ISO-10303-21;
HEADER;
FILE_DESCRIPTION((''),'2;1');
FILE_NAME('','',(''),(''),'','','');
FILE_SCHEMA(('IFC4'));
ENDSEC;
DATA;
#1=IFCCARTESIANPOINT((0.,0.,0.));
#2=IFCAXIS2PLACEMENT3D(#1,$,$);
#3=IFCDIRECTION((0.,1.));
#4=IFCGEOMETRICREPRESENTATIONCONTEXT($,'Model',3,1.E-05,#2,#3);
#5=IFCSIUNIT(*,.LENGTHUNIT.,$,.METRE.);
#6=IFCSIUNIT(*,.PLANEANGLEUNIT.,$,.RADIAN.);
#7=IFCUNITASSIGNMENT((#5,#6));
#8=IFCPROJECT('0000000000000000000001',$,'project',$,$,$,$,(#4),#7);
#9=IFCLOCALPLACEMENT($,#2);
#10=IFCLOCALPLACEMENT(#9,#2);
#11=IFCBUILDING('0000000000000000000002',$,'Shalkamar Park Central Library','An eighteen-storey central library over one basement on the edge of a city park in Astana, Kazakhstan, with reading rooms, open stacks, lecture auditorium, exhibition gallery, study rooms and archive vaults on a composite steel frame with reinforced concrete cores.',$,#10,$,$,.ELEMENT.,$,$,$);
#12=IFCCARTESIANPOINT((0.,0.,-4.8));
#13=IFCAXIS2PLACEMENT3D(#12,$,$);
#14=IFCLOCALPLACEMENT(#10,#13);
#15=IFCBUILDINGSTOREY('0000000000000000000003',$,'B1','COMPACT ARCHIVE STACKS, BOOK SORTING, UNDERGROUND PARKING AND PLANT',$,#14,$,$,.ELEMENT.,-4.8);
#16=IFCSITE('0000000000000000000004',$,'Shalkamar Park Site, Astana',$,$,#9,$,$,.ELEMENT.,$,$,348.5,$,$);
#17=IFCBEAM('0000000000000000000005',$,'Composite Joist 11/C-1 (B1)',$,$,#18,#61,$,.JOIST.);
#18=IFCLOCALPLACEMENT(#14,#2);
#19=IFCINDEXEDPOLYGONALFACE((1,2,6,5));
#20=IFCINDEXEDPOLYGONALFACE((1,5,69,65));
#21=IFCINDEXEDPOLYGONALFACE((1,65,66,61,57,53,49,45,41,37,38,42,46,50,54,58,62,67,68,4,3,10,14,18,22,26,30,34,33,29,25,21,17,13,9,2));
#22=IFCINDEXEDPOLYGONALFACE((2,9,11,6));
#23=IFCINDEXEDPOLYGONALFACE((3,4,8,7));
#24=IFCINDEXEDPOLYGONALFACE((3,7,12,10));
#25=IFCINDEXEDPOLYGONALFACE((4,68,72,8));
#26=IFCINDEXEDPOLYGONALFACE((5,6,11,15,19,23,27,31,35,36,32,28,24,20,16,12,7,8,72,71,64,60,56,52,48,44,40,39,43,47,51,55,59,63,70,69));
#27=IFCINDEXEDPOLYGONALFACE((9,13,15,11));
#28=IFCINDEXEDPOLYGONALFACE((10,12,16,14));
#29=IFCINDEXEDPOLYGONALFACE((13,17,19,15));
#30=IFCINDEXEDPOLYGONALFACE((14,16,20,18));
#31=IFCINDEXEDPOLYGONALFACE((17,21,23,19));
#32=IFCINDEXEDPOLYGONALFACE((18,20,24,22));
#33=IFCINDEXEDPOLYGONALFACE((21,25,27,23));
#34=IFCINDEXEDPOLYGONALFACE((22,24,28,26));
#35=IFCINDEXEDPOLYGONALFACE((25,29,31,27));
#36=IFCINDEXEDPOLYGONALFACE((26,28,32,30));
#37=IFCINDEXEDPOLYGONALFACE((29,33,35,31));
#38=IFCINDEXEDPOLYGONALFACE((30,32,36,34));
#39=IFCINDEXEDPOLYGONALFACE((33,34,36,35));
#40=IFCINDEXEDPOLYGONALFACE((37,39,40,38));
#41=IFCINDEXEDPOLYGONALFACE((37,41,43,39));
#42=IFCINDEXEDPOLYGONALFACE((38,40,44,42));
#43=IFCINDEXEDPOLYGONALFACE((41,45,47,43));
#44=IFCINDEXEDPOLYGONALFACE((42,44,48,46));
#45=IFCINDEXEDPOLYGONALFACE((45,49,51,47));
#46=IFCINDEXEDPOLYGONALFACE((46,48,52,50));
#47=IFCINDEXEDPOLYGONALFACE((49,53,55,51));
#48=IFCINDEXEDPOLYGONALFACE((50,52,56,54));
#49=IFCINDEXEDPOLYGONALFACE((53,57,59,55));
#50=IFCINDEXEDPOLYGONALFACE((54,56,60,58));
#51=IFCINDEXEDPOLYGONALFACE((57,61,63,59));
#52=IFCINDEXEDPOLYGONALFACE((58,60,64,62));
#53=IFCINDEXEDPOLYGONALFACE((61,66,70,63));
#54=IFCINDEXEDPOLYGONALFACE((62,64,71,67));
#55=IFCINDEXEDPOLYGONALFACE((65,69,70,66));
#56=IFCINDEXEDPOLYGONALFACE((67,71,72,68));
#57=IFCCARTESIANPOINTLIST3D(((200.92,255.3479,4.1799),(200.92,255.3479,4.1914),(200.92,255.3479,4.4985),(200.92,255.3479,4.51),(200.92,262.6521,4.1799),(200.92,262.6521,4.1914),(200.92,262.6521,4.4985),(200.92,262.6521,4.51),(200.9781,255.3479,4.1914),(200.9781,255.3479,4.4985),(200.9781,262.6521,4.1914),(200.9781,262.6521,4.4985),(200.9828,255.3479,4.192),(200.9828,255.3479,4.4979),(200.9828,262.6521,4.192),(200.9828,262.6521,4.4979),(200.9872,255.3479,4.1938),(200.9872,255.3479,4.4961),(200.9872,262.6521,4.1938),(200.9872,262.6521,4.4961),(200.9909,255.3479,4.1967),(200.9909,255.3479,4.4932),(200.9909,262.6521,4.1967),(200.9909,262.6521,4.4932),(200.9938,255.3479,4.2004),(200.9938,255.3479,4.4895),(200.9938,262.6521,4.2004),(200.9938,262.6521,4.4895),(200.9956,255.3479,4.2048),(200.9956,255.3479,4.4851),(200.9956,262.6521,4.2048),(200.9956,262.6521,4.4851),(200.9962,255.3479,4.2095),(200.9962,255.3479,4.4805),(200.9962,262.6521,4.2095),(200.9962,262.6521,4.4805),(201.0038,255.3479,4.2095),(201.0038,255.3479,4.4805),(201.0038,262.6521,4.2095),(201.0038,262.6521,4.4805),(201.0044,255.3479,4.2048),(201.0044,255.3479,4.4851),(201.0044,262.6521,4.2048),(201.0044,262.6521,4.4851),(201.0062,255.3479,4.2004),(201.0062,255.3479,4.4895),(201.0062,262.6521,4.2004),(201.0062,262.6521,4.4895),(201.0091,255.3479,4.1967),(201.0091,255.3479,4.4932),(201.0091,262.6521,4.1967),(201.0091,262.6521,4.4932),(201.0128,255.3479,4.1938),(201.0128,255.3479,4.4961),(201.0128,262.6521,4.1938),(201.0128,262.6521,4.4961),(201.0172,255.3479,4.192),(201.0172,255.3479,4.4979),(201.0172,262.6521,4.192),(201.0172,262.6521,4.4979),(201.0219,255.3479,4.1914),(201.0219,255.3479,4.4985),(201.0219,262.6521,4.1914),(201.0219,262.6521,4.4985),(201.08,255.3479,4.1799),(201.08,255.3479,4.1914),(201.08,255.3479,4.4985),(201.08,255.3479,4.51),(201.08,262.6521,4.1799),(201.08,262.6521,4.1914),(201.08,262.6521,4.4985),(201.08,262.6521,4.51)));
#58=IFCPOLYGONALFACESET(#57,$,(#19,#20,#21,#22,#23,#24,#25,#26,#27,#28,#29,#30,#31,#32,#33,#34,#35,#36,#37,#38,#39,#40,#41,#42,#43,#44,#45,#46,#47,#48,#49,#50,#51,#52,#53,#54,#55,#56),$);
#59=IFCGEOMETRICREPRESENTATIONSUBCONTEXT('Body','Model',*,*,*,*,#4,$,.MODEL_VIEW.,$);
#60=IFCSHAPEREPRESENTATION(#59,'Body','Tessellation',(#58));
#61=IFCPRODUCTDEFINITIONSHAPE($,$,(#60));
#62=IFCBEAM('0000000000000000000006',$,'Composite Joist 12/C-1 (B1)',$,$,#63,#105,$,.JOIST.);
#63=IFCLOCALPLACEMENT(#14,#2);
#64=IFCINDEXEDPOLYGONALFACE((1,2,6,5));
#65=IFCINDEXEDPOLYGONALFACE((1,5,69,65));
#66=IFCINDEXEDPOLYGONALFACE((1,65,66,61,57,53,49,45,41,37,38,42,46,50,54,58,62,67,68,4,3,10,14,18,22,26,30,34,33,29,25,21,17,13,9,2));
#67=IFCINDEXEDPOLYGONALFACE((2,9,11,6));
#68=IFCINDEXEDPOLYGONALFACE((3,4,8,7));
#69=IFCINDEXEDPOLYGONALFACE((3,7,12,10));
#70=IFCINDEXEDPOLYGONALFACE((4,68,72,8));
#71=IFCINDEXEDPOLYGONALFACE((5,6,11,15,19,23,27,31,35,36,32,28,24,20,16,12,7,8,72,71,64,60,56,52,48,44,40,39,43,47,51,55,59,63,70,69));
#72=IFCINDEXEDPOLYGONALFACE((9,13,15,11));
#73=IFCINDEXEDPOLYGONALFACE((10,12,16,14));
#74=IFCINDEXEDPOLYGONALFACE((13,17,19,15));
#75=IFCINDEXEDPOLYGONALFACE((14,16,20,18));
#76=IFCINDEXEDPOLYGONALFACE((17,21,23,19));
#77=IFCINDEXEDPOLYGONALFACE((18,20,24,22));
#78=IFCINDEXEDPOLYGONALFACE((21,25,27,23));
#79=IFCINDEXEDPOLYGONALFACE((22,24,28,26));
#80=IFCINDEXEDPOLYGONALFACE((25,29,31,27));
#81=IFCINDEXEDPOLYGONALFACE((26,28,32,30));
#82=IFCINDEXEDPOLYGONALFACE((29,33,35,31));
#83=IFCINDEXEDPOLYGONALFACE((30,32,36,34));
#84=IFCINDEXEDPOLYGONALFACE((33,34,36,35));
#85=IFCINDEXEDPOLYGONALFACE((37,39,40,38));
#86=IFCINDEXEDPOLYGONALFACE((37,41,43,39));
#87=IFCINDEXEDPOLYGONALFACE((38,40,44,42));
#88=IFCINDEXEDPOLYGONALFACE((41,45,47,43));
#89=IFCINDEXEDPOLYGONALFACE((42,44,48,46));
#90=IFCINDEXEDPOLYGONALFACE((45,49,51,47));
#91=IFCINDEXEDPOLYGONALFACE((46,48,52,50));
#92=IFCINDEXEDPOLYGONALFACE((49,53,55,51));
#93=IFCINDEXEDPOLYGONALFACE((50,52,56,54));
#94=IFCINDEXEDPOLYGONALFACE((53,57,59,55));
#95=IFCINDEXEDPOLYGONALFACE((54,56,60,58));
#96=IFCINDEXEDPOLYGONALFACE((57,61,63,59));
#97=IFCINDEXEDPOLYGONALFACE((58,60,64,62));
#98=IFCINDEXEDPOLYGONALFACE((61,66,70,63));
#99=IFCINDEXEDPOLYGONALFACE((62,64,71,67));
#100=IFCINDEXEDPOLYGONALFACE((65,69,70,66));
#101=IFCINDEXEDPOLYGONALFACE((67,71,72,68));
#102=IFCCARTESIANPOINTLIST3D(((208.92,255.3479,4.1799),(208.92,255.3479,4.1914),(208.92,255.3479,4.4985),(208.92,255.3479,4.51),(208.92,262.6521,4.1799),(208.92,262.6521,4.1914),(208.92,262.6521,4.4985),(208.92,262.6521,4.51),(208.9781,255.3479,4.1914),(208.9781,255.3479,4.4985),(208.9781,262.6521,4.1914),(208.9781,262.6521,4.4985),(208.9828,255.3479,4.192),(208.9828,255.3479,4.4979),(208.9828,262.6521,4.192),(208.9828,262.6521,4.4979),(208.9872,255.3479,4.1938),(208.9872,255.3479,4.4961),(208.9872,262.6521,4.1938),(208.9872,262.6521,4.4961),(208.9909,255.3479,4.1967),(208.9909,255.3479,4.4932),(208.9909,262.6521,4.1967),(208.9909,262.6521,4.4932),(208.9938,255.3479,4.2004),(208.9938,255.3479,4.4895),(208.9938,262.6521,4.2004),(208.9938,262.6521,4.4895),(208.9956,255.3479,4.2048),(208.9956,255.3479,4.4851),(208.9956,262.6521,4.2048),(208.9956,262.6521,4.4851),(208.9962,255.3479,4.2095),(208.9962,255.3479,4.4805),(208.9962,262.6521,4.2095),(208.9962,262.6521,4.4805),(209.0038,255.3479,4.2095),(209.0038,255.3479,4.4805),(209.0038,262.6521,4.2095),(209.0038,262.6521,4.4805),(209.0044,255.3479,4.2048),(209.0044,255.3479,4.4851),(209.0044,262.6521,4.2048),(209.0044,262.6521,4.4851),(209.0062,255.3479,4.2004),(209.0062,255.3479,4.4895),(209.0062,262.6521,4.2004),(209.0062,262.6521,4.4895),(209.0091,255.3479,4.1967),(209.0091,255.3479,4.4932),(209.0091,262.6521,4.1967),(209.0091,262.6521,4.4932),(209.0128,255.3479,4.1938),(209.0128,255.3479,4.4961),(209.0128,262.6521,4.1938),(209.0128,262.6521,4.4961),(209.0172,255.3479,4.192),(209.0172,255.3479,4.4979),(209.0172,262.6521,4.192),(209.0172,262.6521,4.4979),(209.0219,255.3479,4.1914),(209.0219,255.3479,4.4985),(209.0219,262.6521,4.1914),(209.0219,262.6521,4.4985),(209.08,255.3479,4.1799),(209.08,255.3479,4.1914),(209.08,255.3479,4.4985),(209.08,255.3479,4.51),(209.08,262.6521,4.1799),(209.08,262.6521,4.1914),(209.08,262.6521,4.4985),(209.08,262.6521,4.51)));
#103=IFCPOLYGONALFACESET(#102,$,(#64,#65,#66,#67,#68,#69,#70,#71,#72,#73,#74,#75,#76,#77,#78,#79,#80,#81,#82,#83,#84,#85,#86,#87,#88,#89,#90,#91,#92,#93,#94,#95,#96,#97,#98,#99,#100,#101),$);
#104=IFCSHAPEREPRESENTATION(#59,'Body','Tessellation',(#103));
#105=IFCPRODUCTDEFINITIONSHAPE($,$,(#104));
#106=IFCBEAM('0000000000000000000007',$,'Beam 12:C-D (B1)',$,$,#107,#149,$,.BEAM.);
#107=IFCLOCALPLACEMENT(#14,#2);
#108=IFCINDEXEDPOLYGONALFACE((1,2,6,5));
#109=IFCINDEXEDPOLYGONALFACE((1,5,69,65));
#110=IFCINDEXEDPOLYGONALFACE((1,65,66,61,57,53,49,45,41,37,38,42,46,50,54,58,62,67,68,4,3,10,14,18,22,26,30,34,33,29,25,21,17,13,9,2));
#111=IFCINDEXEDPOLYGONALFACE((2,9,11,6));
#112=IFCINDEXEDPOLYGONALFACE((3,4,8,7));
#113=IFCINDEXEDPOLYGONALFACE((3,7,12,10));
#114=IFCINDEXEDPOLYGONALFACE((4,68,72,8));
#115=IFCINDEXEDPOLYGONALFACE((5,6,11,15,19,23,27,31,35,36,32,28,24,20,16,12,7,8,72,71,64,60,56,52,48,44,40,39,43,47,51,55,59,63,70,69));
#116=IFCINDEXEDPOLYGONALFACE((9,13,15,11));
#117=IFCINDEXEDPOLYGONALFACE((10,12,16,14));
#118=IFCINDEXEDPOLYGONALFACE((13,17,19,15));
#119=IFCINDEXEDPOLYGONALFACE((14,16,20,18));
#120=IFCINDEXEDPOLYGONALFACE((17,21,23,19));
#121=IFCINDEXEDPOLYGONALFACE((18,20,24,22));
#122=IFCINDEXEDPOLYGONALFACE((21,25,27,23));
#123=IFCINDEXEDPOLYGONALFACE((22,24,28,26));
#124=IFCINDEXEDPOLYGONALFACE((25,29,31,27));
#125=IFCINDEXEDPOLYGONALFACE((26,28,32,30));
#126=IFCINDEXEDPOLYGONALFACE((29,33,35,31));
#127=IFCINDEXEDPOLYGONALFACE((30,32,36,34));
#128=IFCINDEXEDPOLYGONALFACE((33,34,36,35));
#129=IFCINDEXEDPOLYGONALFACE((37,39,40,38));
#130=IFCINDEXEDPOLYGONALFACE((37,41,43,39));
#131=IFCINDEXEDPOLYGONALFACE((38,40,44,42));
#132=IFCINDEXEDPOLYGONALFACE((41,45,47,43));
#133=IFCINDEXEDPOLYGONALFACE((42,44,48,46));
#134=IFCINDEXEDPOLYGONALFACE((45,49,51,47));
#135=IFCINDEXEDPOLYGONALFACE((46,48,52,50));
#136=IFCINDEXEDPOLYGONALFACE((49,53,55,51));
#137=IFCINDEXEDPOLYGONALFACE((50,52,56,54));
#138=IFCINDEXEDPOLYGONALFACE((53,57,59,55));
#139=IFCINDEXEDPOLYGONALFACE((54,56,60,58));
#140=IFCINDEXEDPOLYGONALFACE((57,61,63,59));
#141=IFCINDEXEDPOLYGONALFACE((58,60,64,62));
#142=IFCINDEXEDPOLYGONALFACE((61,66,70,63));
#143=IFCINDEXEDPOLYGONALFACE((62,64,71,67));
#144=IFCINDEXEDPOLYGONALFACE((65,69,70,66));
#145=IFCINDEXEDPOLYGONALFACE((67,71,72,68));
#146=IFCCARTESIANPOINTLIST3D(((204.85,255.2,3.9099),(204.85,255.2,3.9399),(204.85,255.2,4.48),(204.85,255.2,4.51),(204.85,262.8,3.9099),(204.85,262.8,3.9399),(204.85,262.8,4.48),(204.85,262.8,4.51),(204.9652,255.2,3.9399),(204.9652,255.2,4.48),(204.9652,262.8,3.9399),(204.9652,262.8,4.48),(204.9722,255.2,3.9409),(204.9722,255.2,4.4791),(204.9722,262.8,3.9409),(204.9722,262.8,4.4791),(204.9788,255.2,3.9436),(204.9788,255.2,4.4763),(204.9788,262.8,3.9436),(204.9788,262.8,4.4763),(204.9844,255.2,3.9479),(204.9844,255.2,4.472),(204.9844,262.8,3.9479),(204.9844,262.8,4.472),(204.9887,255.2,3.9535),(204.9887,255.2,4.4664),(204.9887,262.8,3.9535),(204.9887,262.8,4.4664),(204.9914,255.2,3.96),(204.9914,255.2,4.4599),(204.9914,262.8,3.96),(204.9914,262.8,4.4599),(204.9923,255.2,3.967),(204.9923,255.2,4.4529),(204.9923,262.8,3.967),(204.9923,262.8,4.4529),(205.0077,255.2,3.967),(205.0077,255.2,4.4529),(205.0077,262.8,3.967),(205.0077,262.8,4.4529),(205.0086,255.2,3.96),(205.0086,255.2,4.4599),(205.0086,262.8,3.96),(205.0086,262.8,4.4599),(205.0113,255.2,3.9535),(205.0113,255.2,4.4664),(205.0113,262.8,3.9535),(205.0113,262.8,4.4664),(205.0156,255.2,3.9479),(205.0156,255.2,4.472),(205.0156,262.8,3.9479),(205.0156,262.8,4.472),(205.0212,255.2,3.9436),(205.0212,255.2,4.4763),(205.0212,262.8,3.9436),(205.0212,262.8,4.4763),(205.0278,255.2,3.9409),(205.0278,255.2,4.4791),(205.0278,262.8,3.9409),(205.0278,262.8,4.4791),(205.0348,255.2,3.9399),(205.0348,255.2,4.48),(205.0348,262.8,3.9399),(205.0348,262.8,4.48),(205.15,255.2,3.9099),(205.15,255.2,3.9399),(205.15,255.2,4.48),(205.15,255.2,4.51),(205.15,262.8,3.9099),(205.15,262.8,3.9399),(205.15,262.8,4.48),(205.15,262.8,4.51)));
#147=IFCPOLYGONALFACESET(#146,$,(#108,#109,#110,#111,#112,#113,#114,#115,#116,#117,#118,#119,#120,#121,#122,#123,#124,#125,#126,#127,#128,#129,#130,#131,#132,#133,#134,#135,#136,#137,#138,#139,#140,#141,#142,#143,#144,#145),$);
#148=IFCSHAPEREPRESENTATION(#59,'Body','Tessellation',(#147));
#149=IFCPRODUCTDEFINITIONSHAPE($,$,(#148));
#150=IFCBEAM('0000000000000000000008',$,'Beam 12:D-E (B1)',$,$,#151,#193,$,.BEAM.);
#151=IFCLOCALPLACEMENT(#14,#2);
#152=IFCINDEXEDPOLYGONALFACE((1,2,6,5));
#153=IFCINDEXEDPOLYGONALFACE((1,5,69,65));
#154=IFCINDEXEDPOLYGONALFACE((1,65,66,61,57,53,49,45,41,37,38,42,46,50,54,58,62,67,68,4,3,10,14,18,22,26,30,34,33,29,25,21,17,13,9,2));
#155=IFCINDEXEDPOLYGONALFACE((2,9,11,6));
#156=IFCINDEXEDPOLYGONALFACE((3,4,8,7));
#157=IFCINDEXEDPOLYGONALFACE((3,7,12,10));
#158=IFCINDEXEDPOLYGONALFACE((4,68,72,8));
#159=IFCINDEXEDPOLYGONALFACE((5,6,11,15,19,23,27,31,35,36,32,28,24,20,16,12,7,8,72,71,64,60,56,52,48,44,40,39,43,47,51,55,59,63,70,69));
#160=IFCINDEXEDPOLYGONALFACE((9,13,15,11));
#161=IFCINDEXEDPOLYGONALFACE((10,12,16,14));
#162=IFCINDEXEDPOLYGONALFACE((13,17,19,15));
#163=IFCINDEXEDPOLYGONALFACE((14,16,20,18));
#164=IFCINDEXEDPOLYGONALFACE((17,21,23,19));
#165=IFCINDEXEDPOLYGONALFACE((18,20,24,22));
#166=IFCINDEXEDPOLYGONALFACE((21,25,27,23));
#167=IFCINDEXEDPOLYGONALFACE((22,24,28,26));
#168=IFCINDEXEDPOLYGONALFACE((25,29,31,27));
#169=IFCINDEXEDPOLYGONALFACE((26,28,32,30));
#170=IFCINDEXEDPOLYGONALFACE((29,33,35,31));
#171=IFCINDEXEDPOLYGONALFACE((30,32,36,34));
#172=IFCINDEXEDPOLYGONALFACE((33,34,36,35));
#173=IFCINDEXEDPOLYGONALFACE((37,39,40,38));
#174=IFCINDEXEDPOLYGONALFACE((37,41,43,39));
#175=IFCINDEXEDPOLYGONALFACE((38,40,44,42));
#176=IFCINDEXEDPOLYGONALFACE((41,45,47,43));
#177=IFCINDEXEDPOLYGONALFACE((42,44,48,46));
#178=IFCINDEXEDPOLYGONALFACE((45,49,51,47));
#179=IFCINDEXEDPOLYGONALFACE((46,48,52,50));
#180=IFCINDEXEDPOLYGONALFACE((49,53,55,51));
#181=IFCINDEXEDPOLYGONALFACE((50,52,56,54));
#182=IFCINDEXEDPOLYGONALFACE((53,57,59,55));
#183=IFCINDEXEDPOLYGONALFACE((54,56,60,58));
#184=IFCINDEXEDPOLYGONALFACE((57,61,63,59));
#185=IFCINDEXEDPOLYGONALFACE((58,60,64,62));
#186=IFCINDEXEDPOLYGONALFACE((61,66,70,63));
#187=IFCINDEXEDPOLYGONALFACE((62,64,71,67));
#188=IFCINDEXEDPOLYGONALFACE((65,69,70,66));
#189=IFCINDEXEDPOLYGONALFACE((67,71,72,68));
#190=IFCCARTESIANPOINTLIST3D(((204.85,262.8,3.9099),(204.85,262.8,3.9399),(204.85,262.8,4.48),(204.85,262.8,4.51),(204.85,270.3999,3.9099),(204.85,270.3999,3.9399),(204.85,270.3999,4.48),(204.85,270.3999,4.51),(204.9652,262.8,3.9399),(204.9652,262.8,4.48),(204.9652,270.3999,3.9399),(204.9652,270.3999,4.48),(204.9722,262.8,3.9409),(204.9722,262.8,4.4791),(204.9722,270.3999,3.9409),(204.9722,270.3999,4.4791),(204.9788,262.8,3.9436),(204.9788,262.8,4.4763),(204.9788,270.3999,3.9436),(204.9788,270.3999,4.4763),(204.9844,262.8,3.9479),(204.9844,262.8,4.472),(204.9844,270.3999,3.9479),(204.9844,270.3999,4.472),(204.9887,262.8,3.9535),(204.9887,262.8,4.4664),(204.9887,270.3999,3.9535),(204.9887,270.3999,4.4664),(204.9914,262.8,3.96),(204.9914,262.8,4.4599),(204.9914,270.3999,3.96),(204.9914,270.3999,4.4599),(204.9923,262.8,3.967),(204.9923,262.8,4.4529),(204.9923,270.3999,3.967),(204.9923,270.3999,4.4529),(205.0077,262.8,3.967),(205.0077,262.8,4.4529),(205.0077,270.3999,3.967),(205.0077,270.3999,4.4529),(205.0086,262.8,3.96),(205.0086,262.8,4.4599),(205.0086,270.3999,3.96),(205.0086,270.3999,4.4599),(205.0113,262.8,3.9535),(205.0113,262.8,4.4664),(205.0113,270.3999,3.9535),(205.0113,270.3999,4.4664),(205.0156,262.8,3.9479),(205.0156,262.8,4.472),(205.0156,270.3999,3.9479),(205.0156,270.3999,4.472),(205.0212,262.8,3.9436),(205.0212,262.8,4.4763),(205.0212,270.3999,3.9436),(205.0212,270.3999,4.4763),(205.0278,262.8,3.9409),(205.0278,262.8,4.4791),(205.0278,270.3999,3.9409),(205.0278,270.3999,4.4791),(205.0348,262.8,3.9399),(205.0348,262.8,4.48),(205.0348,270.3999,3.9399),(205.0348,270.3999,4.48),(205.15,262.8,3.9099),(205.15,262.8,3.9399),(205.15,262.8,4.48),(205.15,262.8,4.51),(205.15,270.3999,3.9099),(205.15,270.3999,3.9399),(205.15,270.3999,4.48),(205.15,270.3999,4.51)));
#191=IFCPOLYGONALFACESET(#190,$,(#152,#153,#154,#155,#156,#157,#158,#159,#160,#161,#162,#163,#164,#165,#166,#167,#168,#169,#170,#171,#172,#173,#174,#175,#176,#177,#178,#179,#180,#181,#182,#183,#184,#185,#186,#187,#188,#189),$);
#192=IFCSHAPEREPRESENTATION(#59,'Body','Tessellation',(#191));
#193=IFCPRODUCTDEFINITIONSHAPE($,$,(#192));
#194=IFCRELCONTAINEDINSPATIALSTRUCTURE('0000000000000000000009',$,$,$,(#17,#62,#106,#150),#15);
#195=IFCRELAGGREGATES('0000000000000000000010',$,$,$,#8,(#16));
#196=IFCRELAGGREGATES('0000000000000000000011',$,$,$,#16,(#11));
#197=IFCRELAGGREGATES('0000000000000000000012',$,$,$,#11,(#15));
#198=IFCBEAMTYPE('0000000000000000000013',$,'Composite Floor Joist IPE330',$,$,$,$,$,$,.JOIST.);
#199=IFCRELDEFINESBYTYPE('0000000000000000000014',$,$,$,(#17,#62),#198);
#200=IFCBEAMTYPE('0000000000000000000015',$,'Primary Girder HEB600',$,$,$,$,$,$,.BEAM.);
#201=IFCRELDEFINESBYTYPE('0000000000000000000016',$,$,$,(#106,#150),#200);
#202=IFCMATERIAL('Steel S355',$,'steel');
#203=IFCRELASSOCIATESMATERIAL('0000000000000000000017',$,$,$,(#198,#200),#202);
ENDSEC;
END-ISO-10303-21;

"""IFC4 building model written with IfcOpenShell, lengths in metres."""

from ifc_helpers import new_model, si_unit, direction, frame, origin, origin_2d, place, context, subcontext, project, spatial, i_section, extrude, material, material_profile, profile_set, type_object, element, save


model = new_model("IFC4")

# Units and contexts
model_context = context("Model", 3, precision=1e-05, world=origin(), true_north=direction((0.0, 1.0)))
body_context = subcontext(model_context, "Body", "Model", "MODEL_VIEW")
ifc_project = project(units=[si_unit("LENGTHUNIT", "METRE"), si_unit("PLANEANGLEUNIT", "RADIAN")], contexts=[model_context])

# Site, building, storey
site_placement = place(None, origin())
site = spatial("IfcSite", under=ifc_project, at=site_placement, Name="Shalkamar Park Site, Astana", CompositionType="ELEMENT", RefElevation=348.5)
building_placement = place(site_placement, origin())
building = spatial("IfcBuilding", under=site, at=building_placement, Name="Shalkamar Park Central Library", Description="An eighteen-storey central library over one basement on the edge of a city park in Astana, Kazakhstan, with reading rooms, open stacks, lecture auditorium, exhibition gallery, study rooms and archive vaults on a composite steel frame with reinforced concrete cores.", CompositionType="ELEMENT")
storey_placement = place(building_placement, frame((0.0, 0.0, -4.8)))
storey = spatial("IfcBuildingStorey", under=building, at=storey_placement, Name="B1", Description="COMPACT ARCHIVE STACKS, BOOK SORTING, UNDERGROUND PARKING AND PLANT", CompositionType="ELEMENT", Elevation=-4.8)

# Shared definitions
ifc_material_1 = material(Name="Steel S355", Category="steel")

# Beams
ifc_material_profile_1 = material_profile(ifc_material_1, i_section(OverallWidth=0.1599, OverallDepth=0.3301, WebThickness=0.0076, FlangeThickness=0.0115, FilletRadius=0.0181, at=origin_2d()), Name="IPE 330")
ifc_profile_set_1 = profile_set([ifc_material_profile_1], Name="Steel S355")
beam_type_1 = type_object("IfcBeamType", Name="Composite Floor Joist IPE330", PredefinedType="JOIST", material=ifc_profile_set_1)
for number, where, z_axis, x_axis, name in (
    (1, (201.0, 255.3479, 4.345), (0.0, 1.0, 0.0), (-1.0, 0.0, 0.0), "Composite Joist 11/C-1 (B1)"),
    (2, (209.0, 255.3479, 4.345), (0.0, 1.0, 0.0), (-1.0, 0.0, 0.0), "Composite Joist 12/C-1 (B1)"),
):
    element("IfcBeam", number, at=place(storey_placement, frame(where, z_axis=z_axis, x_axis=x_axis)), inside=storey, type_object=beam_type_1, Name=name, PredefinedType="JOIST", context=body_context, shape_type="SweptSolid", body=[
        extrude(i_section(OverallWidth=0.1599, OverallDepth=0.3301, WebThickness=0.0076, FlangeThickness=0.0115, FilletRadius=0.0181, at=origin_2d()), origin(), (0.0, 0.0, 1.0), 7.3042),
    ])
ifc_material_profile_2 = material_profile(ifc_material_1, i_section(OverallWidth=0.3, OverallDepth=0.6001, WebThickness=0.0154, FlangeThickness=0.03, FilletRadius=0.0271, at=origin_2d()), Name="HEB 600")
ifc_profile_set_2 = profile_set([ifc_material_profile_2], Name="Steel S355")
beam_type_2 = type_object("IfcBeamType", Name="Primary Girder HEB600", PredefinedType="BEAM", material=ifc_profile_set_2)
beam_1_placement = place(storey_placement, frame((205.0, 255.2, 4.21), z_axis=(0.0, 1.0, 0.0), x_axis=(-1.0, 0.0, 0.0)))
element("IfcBeam", 3, at=beam_1_placement, inside=storey, type_object=beam_type_2, Name="Beam 12:C-D (B1)", PredefinedType="BEAM", context=body_context, shape_type="SweptSolid", body=[
    extrude(i_section(OverallWidth=0.3, OverallDepth=0.6001, WebThickness=0.0154, FlangeThickness=0.03, FilletRadius=0.0271, at=origin_2d()), origin(), (0.0, 0.0, 1.0), 7.6001),
])
beam_2_placement = place(storey_placement, frame((205.0, 262.8, 4.21), z_axis=(0.0, 1.0, 0.0), x_axis=(-1.0, 0.0, 0.0)))
element("IfcBeam", 4, at=beam_2_placement, inside=storey, type_object=beam_type_2, Name="Beam 12:D-E (B1)", PredefinedType="BEAM", context=body_context, shape_type="SweptSolid", body=[
    extrude(i_section(OverallWidth=0.3, OverallDepth=0.6001, WebThickness=0.0154, FlangeThickness=0.03, FilletRadius=0.0271, at=origin_2d()), origin(), (0.0, 0.0, 1.0), 7.5999),
])

save(model, "model.ifc")
